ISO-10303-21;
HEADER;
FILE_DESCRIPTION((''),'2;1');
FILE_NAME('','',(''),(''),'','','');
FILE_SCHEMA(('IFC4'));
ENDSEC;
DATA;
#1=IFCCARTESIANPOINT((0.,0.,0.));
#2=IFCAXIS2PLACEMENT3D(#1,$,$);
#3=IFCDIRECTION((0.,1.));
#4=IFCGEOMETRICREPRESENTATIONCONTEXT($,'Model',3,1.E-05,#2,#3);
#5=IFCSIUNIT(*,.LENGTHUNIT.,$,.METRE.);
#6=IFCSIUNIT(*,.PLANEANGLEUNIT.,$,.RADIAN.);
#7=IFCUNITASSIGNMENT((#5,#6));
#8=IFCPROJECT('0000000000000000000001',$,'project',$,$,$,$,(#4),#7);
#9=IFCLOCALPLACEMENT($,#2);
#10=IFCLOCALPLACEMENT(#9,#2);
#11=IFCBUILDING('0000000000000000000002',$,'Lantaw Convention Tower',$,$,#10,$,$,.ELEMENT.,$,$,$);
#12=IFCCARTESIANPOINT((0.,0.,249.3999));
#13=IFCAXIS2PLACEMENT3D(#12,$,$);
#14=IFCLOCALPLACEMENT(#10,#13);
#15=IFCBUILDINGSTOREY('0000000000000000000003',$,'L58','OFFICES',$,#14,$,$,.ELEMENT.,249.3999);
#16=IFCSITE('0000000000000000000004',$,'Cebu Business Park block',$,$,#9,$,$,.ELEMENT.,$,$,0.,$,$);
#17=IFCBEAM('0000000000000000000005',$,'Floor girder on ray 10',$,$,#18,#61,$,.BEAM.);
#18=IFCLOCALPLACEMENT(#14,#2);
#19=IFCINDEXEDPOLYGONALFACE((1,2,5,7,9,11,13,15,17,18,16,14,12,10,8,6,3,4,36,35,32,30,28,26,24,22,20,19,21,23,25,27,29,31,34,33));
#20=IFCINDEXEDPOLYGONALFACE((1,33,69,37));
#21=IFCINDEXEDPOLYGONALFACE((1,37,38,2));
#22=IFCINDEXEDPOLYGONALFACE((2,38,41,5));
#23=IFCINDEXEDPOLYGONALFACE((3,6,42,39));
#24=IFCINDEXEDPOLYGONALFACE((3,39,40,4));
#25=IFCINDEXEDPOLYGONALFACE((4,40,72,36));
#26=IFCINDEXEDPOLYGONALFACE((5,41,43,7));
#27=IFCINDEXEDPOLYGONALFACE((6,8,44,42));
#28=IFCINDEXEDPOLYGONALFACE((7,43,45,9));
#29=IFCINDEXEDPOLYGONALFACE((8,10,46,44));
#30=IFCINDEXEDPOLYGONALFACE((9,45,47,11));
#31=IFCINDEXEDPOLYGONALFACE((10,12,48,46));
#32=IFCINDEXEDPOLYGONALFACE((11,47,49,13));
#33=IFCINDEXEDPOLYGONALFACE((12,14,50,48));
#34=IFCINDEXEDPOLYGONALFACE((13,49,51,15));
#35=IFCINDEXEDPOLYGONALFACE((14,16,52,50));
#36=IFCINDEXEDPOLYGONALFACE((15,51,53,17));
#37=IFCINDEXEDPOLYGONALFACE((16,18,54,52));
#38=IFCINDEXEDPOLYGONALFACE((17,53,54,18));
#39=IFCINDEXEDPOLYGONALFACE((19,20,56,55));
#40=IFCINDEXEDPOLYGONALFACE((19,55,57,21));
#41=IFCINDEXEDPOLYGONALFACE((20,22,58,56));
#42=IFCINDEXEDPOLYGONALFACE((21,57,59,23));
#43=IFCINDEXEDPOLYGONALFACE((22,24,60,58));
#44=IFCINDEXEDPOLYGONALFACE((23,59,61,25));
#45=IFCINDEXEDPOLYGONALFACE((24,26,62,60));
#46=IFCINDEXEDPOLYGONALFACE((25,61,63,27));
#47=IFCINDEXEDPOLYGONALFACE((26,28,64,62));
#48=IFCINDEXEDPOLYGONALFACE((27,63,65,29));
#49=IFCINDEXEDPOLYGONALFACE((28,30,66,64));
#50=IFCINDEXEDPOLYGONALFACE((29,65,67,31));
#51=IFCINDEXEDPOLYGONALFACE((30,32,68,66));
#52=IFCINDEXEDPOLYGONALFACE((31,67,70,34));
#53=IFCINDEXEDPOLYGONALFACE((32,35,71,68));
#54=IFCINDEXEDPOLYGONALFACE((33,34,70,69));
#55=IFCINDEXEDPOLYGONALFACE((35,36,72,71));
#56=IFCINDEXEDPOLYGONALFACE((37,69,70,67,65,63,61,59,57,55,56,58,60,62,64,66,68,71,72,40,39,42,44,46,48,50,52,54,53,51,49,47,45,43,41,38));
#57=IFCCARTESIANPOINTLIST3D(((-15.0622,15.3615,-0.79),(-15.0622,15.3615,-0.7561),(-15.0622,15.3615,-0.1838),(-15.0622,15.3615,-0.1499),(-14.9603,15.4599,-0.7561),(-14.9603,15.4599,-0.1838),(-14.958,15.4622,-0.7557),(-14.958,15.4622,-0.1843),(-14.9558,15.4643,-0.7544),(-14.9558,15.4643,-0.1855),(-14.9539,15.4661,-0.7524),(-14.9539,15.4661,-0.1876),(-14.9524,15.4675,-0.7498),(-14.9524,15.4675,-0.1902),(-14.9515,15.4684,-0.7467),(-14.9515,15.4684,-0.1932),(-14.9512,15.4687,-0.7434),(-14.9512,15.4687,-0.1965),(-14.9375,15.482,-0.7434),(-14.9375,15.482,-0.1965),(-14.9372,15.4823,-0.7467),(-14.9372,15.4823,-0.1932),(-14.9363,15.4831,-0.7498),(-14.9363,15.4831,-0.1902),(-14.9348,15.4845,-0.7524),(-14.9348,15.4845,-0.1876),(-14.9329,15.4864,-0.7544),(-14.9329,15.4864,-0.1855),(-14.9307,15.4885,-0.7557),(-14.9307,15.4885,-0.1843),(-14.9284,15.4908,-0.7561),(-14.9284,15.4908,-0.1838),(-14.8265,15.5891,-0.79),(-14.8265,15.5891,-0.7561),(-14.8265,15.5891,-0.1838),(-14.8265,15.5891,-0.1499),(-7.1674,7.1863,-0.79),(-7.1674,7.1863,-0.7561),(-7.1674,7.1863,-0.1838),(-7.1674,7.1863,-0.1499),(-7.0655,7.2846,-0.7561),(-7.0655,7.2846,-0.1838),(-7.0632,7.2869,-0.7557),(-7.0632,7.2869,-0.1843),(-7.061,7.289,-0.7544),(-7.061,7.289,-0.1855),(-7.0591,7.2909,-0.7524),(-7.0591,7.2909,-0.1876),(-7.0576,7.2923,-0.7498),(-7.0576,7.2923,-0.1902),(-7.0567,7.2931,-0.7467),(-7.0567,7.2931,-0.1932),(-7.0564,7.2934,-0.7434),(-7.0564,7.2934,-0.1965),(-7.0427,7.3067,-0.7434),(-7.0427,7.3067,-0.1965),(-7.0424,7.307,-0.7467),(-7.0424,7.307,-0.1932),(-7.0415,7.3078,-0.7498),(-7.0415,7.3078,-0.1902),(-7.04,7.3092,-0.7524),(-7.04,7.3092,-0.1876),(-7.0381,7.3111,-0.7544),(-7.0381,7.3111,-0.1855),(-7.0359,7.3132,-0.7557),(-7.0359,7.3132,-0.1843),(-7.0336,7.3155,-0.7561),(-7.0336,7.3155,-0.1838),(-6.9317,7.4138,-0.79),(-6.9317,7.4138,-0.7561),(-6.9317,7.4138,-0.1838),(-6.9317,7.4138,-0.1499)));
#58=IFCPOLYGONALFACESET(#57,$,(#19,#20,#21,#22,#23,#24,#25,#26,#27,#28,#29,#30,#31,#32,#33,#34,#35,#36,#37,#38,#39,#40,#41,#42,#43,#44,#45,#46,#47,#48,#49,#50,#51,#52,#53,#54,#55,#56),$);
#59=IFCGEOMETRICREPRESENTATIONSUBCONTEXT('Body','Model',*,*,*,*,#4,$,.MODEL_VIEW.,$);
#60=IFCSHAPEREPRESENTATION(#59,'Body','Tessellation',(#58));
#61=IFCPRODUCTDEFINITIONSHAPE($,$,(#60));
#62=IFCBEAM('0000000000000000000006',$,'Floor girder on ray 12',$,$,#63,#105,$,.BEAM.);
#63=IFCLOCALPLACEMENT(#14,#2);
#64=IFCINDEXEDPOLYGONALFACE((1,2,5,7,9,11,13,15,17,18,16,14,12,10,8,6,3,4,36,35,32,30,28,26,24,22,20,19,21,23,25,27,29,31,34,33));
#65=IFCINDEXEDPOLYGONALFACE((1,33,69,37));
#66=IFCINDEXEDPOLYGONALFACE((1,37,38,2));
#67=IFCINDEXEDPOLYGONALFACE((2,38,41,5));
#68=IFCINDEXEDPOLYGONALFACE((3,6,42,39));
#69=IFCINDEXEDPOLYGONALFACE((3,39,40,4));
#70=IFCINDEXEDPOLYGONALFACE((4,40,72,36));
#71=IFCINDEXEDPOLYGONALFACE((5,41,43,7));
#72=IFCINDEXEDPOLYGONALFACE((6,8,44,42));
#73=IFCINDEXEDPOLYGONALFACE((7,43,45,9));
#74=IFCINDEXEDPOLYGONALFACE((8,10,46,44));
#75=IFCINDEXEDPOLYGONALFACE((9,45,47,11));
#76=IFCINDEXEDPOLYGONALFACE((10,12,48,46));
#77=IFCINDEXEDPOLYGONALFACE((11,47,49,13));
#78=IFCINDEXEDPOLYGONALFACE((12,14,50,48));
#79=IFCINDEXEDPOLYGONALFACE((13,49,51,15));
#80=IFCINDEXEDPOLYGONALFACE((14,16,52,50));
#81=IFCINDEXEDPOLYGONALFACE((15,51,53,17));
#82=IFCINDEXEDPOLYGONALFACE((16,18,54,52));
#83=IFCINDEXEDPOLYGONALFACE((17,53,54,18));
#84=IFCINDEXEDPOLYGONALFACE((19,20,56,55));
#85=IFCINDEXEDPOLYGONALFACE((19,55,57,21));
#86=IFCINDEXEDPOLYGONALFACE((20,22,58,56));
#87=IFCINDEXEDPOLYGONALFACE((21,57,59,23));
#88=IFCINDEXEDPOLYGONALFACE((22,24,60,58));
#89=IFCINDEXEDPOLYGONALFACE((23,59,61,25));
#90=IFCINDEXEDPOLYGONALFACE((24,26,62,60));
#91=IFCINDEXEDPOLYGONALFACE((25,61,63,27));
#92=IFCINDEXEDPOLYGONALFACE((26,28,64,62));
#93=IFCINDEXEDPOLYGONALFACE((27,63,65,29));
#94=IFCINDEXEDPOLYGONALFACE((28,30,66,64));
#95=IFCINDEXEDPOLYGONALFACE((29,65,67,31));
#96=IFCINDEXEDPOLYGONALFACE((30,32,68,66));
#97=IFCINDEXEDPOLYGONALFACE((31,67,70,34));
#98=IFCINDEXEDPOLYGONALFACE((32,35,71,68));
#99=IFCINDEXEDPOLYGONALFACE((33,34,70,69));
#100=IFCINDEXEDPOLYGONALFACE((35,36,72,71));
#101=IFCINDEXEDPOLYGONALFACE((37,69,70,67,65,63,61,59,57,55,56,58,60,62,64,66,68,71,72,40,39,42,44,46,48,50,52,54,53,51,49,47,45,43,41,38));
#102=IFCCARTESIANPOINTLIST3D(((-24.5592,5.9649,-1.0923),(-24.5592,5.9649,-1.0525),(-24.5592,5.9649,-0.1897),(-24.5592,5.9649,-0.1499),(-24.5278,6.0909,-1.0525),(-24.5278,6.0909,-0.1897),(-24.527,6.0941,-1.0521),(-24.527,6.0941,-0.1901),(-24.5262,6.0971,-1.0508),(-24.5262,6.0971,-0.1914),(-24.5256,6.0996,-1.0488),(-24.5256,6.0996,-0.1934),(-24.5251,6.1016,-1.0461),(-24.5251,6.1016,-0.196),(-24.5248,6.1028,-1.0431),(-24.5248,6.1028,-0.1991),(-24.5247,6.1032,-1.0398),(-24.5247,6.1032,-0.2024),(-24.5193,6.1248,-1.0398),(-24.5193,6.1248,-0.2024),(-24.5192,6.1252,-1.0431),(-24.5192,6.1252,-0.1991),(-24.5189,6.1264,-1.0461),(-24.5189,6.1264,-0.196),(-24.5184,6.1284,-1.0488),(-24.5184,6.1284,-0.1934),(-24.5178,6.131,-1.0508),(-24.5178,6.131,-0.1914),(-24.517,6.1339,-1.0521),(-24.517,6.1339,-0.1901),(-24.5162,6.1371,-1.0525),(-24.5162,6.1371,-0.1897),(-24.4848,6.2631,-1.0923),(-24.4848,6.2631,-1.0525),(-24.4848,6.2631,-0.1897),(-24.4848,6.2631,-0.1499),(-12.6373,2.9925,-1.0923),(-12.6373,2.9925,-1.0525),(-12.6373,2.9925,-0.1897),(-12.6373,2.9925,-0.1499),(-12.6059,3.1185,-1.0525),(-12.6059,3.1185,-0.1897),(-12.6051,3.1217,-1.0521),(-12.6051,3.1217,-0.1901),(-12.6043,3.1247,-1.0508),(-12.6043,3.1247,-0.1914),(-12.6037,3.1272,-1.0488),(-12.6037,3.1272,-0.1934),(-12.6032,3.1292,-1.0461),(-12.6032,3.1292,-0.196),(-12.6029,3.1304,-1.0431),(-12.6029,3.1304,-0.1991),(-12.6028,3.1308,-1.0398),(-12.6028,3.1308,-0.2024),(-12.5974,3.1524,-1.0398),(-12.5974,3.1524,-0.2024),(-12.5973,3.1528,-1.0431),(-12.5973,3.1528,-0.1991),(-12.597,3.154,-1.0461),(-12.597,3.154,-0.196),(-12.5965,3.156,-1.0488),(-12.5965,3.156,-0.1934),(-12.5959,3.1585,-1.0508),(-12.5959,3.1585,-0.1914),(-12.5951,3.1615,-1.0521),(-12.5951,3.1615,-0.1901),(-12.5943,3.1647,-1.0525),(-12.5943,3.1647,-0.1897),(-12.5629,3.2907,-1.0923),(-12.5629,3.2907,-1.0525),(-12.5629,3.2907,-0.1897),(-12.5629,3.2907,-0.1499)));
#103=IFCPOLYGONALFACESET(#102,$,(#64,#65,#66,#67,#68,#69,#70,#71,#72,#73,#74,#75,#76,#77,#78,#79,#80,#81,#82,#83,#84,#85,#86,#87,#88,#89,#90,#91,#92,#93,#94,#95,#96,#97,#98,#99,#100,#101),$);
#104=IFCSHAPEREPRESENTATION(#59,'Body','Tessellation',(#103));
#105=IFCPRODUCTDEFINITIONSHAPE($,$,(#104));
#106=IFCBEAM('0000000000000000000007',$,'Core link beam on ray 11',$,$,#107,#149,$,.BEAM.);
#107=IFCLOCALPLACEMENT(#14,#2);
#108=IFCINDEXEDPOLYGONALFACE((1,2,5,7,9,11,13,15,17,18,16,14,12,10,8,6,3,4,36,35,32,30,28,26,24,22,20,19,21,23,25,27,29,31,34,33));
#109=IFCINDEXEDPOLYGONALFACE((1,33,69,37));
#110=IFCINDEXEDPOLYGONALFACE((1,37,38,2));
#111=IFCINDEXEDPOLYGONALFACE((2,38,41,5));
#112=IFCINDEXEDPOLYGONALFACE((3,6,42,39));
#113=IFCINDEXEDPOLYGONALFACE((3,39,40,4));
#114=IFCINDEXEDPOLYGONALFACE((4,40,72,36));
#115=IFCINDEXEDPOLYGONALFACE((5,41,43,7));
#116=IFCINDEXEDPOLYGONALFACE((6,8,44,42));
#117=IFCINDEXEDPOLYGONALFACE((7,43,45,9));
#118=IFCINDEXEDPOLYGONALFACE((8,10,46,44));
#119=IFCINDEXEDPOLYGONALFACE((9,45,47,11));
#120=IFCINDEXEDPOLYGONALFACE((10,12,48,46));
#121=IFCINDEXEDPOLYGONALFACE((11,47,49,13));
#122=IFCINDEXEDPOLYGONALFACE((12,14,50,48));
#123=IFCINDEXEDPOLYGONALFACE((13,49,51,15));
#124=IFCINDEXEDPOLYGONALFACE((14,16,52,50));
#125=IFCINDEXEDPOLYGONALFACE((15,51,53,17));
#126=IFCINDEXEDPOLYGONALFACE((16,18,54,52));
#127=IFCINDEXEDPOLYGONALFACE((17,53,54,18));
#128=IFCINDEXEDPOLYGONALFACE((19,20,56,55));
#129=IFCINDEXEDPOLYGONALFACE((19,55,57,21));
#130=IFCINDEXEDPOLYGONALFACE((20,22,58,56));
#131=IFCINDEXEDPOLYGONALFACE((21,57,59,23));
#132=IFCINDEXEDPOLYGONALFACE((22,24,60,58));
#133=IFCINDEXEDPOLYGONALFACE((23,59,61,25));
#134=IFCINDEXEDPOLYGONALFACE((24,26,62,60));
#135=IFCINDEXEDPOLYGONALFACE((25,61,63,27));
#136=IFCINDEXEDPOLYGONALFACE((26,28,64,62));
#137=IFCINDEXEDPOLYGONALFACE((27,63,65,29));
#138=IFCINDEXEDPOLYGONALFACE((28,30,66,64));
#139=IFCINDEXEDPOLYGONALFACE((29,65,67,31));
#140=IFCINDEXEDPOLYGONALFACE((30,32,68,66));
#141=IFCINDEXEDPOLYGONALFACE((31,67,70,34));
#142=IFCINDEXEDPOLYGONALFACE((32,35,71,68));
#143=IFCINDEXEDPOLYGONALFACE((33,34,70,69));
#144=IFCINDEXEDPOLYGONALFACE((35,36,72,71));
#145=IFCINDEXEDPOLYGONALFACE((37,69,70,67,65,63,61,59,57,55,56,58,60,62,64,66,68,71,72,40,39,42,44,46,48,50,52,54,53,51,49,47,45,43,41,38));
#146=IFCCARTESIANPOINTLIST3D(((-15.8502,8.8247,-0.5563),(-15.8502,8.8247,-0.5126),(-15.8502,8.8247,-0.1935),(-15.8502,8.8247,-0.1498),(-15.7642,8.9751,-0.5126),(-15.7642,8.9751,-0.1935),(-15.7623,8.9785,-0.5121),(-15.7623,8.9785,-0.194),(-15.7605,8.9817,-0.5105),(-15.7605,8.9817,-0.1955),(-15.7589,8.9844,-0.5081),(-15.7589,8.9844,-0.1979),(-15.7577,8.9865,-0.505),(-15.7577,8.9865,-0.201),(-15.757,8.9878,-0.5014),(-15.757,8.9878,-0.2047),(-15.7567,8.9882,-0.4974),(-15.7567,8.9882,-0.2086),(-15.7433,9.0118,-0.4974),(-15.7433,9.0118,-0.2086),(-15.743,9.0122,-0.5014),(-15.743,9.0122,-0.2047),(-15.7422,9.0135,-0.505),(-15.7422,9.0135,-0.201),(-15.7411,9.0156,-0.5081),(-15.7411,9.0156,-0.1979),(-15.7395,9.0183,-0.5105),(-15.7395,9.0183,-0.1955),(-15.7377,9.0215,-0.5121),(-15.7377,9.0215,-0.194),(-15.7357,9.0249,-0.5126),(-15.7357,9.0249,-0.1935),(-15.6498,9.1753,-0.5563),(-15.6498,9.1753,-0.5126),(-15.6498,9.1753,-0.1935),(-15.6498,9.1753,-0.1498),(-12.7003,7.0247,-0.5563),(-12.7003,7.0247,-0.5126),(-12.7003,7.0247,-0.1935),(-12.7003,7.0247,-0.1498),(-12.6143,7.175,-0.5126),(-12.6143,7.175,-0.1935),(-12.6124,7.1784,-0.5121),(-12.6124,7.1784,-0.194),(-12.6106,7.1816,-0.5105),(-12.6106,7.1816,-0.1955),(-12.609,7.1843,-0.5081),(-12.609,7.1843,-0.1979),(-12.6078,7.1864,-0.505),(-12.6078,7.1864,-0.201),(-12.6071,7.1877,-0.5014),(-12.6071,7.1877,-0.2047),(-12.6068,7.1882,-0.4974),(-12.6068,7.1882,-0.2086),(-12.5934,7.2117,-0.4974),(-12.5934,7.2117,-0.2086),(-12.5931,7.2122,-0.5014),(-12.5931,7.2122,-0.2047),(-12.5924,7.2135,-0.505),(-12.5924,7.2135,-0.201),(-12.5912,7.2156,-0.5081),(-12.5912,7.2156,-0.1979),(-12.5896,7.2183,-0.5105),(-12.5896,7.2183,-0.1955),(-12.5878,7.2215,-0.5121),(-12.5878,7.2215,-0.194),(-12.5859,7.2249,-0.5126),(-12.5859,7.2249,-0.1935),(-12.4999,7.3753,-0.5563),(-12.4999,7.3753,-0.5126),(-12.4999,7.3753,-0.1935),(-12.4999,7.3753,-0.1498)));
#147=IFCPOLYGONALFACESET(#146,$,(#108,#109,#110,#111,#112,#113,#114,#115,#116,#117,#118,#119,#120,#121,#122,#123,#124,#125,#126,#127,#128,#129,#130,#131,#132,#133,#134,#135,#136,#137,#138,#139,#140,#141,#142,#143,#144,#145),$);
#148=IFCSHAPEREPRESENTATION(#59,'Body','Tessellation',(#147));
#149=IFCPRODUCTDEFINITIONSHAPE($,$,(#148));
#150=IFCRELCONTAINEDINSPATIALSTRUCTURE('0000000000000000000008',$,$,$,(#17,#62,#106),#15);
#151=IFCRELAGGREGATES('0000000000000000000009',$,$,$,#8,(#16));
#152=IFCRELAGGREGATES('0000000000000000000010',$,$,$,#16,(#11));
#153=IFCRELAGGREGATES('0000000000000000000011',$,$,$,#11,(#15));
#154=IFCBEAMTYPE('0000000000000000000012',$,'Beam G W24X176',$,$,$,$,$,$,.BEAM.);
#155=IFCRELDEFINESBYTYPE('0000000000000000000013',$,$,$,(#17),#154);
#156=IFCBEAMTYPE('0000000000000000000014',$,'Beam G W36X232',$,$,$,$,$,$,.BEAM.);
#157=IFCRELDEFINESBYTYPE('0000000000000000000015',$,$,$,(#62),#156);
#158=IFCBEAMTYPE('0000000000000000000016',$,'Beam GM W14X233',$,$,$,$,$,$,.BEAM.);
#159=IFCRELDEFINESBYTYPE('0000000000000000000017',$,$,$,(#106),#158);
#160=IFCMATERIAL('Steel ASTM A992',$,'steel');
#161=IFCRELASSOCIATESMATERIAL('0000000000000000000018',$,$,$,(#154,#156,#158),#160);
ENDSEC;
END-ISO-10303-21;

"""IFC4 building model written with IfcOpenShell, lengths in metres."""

from ifc_helpers import new_model, si_unit, direction, frame, origin, origin_2d, place, context, subcontext, project, spatial, i_section, extrude, material, material_profile, profile_set, type_object, element, save


model = new_model("IFC4")

# Units and contexts
model_context = context("Model", 3, precision=1e-05, world=origin(), true_north=direction((0.0, 1.0)))
body_context = subcontext(model_context, "Body", "Model", "MODEL_VIEW")
ifc_project = project(units=[si_unit("LENGTHUNIT", "METRE"), si_unit("PLANEANGLEUNIT", "RADIAN")], contexts=[model_context])

# Site, building, storey
site_placement = place(None, origin())
site = spatial("IfcSite", under=ifc_project, at=site_placement, Name="Cebu Business Park block", CompositionType="ELEMENT", RefElevation=0.0)
building_placement = place(site_placement, origin())
building = spatial("IfcBuilding", under=site, at=building_placement, Name="Lantaw Convention Tower", CompositionType="ELEMENT")
storey_placement = place(building_placement, frame((0.0, 0.0, 249.3999)))
storey = spatial("IfcBuildingStorey", under=building, at=storey_placement, Name="L58", Description="OFFICES", CompositionType="ELEMENT", Elevation=249.3999)

# Beams
ifc_material_1 = material(Name="Steel ASTM A992", Category="steel")
ifc_material_profile_1 = material_profile(ifc_material_1, i_section(OverallWidth=0.3276, OverallDepth=0.6401, WebThickness=0.019, FlangeThickness=0.0339, FilletRadius=0.0127, at=origin_2d()), Name="W24X176")
ifc_profile_set_1 = profile_set([ifc_material_profile_1], Name="Steel ASTM A992")
beam_type_1 = type_object("IfcBeamType", Name="Beam G W24X176", PredefinedType="BEAM", material=ifc_profile_set_1)
beam_1_placement = place(storey_placement, frame((-7.0496, 7.3, -0.47), z_axis=(-0.694658, 0.71934, 0.0), x_axis=(-0.71934, -0.694658, 0.0)))
element("IfcBeam", 1, at=beam_1_placement, inside=storey, type_object=beam_type_1, Name="Floor girder on ray 10", PredefinedType="BEAM", context=body_context, shape_type="SweptSolid", body=[
    extrude(i_section(OverallWidth=0.3276, OverallDepth=0.6401, WebThickness=0.019, FlangeThickness=0.0339, FilletRadius=0.0127, at=origin_2d()), origin(), (0.0, 0.0, 1.0), 11.365),
])
ifc_material_profile_2 = material_profile(ifc_material_1, i_section(OverallWidth=0.3074, OverallDepth=0.9424, WebThickness=0.0222, FlangeThickness=0.0398, FilletRadius=0.0127, at=origin_2d()), Name="W36X232")
ifc_profile_set_2 = profile_set([ifc_material_profile_2], Name="Steel ASTM A992")
beam_type_2 = type_object("IfcBeamType", Name="Beam G W36X232", PredefinedType="BEAM", material=ifc_profile_set_2)
beam_2_placement = place(storey_placement, frame((-12.6001, 3.1416, -0.6211), z_axis=(-0.970297, 0.241918, 0.0), x_axis=(-0.241918, -0.970297, 0.0)))
element("IfcBeam", 2, at=beam_2_placement, inside=storey, type_object=beam_type_2, Name="Floor girder on ray 12", PredefinedType="BEAM", context=body_context, shape_type="SweptSolid", body=[
    extrude(i_section(OverallWidth=0.3074, OverallDepth=0.9424, WebThickness=0.0222, FlangeThickness=0.0398, FilletRadius=0.0127, at=origin_2d()), origin(), (0.0, 0.0, 1.0), 12.2869),
])
ifc_material_profile_3 = material_profile(ifc_material_1, i_section(OverallWidth=0.4038, OverallDepth=0.4065, WebThickness=0.0271, FlangeThickness=0.0437, FilletRadius=0.0151, at=origin_2d()), Name="W14X233")
ifc_profile_set_3 = profile_set([ifc_material_profile_3], Name="Steel ASTM A992")
beam_type_3 = type_object("IfcBeamType", Name="Beam GM W14X233", PredefinedType="BEAM", material=ifc_profile_set_3)
beam_3_placement = place(storey_placement, frame((-12.6001, 7.2, -0.353), z_axis=(-0.868231, 0.496161, 0.0), x_axis=(-0.496161, -0.868231, 0.0)))
element("IfcBeam", 3, at=beam_3_placement, inside=storey, type_object=beam_type_3, Name="Core link beam on ray 11", PredefinedType="BEAM", context=body_context, shape_type="SweptSolid", body=[
    extrude(i_section(OverallWidth=0.4038, OverallDepth=0.4065, WebThickness=0.0271, FlangeThickness=0.0437, FilletRadius=0.0151, at=origin_2d()), origin(), (0.0, 0.0, 1.0), 3.6279),
])

save(model, "model.ifc")
